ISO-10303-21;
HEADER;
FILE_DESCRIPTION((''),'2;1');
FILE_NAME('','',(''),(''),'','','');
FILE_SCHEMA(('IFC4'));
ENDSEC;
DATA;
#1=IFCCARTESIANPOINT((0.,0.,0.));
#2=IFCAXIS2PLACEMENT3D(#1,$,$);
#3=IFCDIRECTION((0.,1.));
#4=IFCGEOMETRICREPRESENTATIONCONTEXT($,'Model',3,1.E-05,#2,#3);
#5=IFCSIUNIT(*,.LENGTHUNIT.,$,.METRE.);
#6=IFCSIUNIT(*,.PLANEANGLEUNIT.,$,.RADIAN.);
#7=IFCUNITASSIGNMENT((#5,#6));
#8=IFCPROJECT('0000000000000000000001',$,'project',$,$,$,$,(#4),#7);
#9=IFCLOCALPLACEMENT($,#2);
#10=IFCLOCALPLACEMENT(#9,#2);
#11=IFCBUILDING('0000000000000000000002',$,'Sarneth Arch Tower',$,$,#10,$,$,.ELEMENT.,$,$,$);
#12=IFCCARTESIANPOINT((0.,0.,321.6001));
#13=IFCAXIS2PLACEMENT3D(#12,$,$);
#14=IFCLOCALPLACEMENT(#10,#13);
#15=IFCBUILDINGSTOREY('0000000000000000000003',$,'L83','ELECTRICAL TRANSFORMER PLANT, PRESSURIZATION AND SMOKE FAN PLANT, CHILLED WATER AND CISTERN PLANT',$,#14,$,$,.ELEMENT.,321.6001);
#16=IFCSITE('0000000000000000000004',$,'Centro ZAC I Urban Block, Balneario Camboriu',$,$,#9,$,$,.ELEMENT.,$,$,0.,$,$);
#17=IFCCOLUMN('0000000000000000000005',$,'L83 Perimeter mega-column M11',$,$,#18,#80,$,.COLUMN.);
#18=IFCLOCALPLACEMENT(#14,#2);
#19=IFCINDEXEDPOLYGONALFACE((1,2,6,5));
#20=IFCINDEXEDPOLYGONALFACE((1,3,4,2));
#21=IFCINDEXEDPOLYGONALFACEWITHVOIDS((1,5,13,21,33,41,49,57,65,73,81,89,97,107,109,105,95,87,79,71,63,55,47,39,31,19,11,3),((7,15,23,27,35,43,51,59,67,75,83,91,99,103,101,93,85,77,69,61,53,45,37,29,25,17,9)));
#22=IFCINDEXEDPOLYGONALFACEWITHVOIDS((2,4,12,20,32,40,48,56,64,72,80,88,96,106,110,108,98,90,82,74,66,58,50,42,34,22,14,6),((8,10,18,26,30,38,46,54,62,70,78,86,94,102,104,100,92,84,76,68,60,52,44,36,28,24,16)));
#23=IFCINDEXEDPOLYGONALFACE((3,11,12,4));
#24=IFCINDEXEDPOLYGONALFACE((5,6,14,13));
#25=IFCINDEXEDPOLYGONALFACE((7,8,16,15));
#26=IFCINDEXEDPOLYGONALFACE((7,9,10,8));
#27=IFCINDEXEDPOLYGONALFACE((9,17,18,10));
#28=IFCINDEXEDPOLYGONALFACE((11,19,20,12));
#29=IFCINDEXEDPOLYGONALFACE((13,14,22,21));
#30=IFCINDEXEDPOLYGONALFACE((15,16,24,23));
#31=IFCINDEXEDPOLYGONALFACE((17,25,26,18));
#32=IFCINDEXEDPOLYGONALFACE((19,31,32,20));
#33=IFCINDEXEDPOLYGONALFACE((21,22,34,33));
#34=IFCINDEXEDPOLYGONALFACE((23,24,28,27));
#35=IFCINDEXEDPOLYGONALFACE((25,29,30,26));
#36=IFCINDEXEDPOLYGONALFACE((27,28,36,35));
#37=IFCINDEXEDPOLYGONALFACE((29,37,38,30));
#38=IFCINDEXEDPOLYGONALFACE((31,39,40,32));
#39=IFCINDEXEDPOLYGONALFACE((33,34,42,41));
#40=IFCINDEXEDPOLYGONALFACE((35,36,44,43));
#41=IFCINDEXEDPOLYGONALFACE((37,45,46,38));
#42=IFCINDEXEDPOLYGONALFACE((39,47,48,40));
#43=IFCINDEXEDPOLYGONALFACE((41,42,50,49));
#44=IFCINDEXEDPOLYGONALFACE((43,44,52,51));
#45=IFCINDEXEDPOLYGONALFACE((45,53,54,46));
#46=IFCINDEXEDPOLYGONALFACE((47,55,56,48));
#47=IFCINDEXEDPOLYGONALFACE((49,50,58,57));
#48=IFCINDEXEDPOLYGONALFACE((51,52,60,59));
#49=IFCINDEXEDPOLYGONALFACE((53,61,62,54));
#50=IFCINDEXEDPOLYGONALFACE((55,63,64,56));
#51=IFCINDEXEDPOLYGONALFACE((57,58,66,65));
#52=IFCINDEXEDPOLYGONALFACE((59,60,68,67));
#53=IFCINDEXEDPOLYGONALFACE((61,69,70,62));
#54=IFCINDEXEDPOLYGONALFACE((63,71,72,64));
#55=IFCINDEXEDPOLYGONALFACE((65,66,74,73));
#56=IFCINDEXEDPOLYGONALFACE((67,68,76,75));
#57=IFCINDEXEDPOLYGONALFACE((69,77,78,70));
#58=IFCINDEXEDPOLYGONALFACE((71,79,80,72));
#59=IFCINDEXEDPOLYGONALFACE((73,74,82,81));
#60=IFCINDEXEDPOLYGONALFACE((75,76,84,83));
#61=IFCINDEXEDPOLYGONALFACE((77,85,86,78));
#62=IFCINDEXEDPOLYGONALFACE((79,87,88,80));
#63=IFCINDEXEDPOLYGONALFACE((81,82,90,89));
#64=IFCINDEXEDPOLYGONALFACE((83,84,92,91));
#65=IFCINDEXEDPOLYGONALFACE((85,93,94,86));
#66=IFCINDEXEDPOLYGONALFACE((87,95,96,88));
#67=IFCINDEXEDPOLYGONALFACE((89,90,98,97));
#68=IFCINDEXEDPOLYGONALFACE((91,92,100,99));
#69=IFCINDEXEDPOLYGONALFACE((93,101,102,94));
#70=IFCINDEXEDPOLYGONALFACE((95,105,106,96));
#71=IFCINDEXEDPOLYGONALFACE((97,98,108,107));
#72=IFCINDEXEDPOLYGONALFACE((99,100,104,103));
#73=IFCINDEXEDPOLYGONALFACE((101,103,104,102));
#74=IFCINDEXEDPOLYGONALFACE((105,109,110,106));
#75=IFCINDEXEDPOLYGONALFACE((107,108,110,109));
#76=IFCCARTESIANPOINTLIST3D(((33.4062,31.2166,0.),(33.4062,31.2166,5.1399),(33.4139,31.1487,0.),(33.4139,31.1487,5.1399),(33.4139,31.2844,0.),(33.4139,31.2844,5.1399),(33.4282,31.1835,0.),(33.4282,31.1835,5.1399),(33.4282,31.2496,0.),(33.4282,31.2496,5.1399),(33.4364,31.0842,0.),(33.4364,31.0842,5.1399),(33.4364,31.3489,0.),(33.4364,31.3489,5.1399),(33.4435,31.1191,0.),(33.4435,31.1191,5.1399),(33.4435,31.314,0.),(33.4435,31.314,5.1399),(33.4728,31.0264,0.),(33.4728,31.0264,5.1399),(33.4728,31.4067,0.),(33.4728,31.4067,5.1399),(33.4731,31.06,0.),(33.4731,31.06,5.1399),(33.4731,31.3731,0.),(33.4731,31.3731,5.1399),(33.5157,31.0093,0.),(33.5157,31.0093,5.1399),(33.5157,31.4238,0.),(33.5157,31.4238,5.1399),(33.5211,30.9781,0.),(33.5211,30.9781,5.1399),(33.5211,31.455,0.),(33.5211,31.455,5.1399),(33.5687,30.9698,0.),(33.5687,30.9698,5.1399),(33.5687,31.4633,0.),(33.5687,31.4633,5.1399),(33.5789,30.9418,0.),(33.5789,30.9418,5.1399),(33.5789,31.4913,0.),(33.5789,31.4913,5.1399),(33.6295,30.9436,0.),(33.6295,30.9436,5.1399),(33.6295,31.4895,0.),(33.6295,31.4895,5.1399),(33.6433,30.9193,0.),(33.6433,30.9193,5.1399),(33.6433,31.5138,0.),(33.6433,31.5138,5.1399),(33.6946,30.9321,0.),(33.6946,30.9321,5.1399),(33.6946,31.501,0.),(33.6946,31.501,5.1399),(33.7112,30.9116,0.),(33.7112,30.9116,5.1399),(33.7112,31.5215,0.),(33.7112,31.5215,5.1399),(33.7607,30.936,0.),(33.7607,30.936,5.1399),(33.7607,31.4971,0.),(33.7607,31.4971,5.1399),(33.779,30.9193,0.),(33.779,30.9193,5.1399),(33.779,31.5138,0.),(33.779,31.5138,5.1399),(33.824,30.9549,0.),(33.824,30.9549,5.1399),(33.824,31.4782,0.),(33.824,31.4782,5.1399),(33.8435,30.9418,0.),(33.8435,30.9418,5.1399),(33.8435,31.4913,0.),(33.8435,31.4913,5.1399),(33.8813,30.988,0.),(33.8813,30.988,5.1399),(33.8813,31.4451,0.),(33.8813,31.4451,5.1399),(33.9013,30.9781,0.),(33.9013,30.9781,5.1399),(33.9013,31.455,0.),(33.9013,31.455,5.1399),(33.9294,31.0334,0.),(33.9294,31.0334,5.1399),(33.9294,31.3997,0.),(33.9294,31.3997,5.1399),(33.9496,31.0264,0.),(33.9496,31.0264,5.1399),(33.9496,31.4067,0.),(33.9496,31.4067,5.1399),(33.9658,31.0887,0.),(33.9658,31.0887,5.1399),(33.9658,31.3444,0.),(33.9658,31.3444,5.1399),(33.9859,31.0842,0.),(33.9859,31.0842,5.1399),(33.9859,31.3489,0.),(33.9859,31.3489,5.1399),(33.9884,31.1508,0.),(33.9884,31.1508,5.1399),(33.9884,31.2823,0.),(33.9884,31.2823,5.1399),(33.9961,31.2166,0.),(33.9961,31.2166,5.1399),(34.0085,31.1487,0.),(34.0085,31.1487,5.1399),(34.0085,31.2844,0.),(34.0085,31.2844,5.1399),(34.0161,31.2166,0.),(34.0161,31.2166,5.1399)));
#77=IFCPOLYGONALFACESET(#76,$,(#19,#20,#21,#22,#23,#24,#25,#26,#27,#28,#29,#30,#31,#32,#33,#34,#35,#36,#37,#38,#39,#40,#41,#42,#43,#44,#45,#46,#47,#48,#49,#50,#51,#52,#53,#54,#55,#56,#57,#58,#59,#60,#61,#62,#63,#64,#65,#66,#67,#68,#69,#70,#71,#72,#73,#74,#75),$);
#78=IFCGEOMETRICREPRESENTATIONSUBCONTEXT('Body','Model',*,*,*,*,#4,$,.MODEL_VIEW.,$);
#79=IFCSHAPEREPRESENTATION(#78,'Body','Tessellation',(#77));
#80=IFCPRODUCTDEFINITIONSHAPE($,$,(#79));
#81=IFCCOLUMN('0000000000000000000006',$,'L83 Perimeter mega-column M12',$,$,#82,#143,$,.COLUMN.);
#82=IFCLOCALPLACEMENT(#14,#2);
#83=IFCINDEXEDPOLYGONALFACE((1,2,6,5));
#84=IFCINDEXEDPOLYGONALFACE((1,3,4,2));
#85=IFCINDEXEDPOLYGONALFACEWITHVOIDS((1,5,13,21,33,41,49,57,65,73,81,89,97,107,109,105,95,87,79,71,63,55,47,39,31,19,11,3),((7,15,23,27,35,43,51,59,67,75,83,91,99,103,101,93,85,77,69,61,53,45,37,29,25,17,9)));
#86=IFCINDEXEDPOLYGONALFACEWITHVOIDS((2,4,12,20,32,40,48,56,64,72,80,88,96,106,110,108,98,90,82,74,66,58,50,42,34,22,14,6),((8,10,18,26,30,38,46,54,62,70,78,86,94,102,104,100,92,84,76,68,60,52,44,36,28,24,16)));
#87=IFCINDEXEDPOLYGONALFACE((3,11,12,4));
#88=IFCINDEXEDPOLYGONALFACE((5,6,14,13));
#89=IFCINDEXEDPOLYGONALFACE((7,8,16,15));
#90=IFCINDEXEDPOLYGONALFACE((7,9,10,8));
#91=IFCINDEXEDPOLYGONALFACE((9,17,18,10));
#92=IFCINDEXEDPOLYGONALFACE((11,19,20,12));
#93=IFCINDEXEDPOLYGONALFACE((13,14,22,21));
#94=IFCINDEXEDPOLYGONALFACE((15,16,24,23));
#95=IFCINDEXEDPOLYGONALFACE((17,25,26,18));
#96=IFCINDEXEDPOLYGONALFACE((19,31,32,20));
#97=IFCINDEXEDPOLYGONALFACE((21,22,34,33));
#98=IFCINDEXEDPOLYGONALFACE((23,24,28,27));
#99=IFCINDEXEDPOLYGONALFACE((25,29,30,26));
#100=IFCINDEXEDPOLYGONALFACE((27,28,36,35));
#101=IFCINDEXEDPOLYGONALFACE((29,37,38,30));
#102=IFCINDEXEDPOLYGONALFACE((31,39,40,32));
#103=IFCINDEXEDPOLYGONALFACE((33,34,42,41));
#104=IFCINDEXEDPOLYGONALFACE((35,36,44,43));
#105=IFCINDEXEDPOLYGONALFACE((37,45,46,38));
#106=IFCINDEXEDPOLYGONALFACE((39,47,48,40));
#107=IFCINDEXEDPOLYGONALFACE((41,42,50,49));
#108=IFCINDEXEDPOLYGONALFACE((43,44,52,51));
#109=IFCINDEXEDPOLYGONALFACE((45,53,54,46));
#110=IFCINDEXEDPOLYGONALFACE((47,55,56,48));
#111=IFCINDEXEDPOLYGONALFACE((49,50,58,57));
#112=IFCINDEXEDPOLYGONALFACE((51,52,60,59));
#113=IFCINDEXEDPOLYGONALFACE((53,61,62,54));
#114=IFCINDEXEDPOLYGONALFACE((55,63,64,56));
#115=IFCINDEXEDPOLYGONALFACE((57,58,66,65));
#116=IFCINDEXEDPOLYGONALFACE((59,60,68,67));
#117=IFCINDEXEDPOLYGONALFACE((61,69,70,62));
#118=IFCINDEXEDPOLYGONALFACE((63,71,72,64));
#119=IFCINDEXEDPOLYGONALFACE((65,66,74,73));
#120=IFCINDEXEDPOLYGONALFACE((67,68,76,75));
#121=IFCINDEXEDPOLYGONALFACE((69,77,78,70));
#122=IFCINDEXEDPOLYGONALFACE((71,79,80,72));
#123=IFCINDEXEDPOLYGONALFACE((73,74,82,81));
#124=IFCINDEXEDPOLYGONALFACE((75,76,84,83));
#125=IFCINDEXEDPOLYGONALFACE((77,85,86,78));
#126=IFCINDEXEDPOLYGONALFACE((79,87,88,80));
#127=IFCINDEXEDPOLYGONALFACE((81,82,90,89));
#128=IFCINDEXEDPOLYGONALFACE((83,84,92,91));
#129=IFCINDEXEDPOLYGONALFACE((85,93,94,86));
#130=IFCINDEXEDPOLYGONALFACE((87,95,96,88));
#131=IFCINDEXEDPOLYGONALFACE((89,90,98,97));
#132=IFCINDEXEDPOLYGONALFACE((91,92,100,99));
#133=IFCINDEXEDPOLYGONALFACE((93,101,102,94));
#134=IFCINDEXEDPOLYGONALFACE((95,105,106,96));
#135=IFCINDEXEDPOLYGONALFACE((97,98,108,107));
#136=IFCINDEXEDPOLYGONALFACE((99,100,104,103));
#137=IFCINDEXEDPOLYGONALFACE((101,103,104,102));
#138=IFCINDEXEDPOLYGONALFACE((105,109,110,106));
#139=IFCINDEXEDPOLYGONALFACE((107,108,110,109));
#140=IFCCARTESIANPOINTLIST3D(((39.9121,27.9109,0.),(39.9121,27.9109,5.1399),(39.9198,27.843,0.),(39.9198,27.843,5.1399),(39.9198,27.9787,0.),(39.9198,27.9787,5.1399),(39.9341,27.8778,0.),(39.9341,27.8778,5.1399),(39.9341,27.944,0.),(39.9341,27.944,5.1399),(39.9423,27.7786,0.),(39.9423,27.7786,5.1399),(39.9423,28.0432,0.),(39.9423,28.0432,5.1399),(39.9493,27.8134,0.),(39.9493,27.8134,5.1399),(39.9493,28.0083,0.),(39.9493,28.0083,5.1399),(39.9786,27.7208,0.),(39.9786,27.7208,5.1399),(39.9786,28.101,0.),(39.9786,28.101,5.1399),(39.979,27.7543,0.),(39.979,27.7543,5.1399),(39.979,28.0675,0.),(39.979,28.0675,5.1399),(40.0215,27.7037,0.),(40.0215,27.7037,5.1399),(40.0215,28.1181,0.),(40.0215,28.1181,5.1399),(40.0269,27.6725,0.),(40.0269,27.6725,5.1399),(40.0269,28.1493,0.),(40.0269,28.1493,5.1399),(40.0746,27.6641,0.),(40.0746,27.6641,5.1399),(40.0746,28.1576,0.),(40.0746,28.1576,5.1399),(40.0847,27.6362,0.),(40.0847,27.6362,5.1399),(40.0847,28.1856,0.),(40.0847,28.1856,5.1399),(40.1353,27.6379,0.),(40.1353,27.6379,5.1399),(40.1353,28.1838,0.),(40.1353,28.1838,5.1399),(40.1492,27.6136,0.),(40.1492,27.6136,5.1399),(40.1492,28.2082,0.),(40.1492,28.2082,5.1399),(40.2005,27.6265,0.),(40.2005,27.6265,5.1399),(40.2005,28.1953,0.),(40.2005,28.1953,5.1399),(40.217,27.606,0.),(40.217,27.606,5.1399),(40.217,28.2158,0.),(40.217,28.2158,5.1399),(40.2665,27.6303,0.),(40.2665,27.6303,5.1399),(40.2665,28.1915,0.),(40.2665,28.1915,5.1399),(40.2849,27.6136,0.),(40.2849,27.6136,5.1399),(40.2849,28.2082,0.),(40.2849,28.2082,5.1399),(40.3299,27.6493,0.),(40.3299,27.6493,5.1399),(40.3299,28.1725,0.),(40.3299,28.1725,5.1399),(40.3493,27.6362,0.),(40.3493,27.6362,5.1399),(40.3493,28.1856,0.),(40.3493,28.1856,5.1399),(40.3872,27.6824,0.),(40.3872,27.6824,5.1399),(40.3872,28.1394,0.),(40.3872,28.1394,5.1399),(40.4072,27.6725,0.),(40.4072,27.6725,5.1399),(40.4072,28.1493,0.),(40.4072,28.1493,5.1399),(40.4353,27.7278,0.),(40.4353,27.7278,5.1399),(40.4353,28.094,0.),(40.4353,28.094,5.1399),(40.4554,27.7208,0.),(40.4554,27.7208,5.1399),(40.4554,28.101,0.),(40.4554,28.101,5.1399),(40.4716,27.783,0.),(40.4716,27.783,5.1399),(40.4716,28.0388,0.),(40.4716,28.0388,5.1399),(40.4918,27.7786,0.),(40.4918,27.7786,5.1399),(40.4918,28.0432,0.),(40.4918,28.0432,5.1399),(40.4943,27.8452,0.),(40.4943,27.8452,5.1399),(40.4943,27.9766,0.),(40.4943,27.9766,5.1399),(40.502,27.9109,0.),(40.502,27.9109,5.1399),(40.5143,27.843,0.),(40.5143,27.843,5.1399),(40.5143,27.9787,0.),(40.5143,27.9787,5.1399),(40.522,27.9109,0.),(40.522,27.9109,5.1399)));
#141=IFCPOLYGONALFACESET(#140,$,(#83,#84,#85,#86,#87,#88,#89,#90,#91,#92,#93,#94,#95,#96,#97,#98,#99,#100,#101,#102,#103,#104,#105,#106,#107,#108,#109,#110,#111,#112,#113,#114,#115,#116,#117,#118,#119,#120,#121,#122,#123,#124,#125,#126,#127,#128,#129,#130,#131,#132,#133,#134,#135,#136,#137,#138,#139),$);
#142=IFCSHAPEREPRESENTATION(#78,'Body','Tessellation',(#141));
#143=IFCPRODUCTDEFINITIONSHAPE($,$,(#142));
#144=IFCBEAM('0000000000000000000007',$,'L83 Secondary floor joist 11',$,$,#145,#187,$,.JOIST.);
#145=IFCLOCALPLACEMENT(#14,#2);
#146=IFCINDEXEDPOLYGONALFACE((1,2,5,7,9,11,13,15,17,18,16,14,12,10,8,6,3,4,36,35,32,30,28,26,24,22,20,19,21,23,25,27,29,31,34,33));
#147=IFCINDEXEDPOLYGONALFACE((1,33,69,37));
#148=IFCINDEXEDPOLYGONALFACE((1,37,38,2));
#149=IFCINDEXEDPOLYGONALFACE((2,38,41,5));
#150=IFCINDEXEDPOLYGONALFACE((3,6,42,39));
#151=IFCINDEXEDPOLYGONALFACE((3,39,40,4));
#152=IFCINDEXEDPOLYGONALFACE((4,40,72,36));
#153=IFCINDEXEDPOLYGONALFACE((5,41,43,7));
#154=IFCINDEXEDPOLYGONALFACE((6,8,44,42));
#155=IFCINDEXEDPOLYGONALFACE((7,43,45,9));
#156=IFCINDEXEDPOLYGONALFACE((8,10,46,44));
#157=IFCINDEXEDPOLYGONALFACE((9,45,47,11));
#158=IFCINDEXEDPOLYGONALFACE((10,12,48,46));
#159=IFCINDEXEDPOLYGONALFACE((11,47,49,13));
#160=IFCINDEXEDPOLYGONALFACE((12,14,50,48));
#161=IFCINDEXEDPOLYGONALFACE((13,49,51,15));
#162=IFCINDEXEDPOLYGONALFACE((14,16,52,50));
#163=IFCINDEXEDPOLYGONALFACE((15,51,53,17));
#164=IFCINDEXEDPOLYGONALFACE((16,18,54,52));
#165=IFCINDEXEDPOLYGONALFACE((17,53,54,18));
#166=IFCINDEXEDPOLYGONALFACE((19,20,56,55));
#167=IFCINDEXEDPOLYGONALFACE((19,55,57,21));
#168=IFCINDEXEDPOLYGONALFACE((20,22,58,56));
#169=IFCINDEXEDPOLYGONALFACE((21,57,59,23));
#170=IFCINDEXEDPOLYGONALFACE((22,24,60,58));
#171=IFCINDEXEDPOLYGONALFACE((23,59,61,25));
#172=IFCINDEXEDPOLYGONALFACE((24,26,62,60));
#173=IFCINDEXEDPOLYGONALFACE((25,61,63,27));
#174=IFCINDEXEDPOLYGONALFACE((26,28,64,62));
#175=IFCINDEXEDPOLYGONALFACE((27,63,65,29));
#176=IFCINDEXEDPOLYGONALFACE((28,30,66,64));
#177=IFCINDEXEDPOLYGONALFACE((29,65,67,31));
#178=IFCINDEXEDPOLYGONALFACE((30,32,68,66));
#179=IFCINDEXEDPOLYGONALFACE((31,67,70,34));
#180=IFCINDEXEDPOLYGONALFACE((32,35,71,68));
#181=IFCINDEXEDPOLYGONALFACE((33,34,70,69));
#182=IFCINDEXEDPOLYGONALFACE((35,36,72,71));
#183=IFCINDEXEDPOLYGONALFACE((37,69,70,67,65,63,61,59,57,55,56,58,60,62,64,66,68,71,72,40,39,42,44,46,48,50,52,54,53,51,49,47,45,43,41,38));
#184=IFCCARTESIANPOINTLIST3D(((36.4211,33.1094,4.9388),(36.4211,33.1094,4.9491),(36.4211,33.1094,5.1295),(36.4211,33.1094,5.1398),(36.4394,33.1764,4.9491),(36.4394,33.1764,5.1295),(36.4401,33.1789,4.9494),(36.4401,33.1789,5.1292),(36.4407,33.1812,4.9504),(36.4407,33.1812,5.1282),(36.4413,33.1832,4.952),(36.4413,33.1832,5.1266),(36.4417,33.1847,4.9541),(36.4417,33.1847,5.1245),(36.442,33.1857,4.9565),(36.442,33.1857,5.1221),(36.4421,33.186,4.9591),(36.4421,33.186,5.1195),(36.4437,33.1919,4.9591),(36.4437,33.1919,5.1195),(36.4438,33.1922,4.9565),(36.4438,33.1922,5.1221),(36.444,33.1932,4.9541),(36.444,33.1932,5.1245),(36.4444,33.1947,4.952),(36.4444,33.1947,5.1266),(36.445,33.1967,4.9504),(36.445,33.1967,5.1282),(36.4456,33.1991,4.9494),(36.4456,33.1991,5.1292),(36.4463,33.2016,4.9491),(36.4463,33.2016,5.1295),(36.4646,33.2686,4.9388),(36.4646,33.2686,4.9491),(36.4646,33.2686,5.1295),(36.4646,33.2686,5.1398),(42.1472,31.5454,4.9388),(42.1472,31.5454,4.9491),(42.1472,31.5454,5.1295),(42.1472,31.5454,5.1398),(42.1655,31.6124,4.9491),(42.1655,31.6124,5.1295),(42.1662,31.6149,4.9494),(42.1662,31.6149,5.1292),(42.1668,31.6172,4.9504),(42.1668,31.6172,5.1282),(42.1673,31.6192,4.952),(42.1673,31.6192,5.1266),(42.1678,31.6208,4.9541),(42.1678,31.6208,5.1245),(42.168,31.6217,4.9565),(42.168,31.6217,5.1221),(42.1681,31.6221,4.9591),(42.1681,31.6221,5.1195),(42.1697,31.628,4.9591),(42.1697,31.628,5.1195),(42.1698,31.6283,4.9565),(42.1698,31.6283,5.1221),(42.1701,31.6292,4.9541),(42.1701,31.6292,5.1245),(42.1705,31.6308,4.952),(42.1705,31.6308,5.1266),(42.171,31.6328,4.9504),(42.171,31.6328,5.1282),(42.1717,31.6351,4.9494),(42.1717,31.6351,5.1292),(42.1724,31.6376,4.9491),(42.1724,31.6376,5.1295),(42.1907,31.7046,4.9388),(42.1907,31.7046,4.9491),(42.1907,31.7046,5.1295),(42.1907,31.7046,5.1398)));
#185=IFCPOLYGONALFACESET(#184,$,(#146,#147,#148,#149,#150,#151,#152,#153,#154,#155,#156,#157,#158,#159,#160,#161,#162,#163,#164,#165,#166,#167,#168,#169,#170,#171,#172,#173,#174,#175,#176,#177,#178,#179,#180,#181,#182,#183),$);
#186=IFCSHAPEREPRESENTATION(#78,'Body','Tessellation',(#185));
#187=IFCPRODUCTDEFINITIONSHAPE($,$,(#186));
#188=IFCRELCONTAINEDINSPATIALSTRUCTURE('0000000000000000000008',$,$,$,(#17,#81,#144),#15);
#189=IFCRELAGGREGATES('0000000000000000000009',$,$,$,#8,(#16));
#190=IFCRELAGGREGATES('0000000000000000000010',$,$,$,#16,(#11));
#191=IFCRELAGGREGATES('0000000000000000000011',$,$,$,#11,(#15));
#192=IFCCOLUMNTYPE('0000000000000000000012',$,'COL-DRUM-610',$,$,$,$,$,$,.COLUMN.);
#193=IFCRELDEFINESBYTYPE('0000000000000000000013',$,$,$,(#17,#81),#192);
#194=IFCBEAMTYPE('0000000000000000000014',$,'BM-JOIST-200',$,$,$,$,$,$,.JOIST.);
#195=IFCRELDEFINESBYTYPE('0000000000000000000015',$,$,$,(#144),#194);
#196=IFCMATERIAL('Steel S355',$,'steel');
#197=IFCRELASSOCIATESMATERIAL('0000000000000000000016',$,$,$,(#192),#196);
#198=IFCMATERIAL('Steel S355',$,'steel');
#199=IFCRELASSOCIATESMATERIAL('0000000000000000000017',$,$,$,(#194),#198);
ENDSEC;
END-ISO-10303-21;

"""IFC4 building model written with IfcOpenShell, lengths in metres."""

from ifc_helpers import new_model, si_unit, direction, frame, origin, origin_2d, place, context, subcontext, project, spatial, hollow_circle, i_section, extrude, material, material_profile, profile_set, type_object, element, save


model = new_model("IFC4")

# Units and contexts
model_context = context("Model", 3, precision=1e-05, world=origin(), true_north=direction((0.0, 1.0)))
body_context = subcontext(model_context, "Body", "Model", "MODEL_VIEW")
ifc_project = project(units=[si_unit("LENGTHUNIT", "METRE"), si_unit("PLANEANGLEUNIT", "RADIAN")], contexts=[model_context])

# Site, building, storey
site_placement = place(None, origin())
site = spatial("IfcSite", under=ifc_project, at=site_placement, Name="Centro ZAC I Urban Block, Balneario Camboriu", CompositionType="ELEMENT", RefElevation=0.0)
building_placement = place(site_placement, origin())
building = spatial("IfcBuilding", under=site, at=building_placement, Name="Sarneth Arch Tower", CompositionType="ELEMENT")
storey_placement = place(building_placement, frame((0.0, 0.0, 321.6001)))
storey = spatial("IfcBuildingStorey", under=building, at=storey_placement, Name="L83", Description="ELECTRICAL TRANSFORMER PLANT, PRESSURIZATION AND SMOKE FAN PLANT, CHILLED WATER AND CISTERN PLANT", CompositionType="ELEMENT", Elevation=321.6001)

# Columns
ifc_material_1 = material(Name="Steel S355", Category="steel")
ifc_material_profile_1 = material_profile(ifc_material_1, hollow_circle(Radius=0.3049, WallThickness=0.02, at=origin_2d()), Name="CHS610x20")
ifc_profile_set_1 = profile_set([ifc_material_profile_1], Name="Steel S355")
column_type = type_object("IfcColumnType", Name="COL-DRUM-610", PredefinedType="COLUMN", material=ifc_profile_set_1)
for number, where, z_axis, x_axis, name in (
    (1, (33.7112, 31.2166, 0.0), (0.0, 0.0, 1.0), (1.0, 0.0, 0.0), "L83 Perimeter mega-column M11"),
    (2, (40.217, 27.9109, 0.0), (0.0, 0.0, 1.0), (1.0, 0.0, 0.0), "L83 Perimeter mega-column M12"),
):
    element("IfcColumn", number, at=place(storey_placement, frame(where, z_axis=z_axis, x_axis=x_axis)), inside=storey, type_object=column_type, Name=name, PredefinedType="COLUMN", context=body_context, shape_type="SweptSolid", body=[
        extrude(hollow_circle(Radius=0.3049, WallThickness=0.02, at=origin_2d()), origin(), (0.0, 0.0, 1.0), 5.1399),
    ])

# Beam
ifc_material_2 = material(Name="Steel S355", Category="steel")
ifc_material_profile_2 = material_profile(ifc_material_2, i_section(OverallWidth=0.165, OverallDepth=0.2009, WebThickness=0.0061, FlangeThickness=0.0103, FilletRadius=0.01, at=origin_2d()), Name="W200x35.9")
ifc_profile_set_2 = profile_set([ifc_material_profile_2], Name="Steel S355")
beam_type_1 = type_object("IfcBeamType", Name="BM-JOIST-200", PredefinedType="JOIST", material=ifc_profile_set_2)
beam_1_placement = place(storey_placement, frame((36.4429, 33.189, 5.0393), z_axis=(0.964665, -0.263479, 0.0), x_axis=(0.263479, 0.964665, 0.0)))
element("IfcBeam", 3, at=beam_1_placement, inside=storey, type_object=beam_type_1, Name="L83 Secondary floor joist 11", PredefinedType="JOIST", context=body_context, shape_type="SweptSolid", body=[
    extrude(i_section(OverallWidth=0.165, OverallDepth=0.2009, WebThickness=0.0061, FlangeThickness=0.0103, FilletRadius=0.01, at=origin_2d()), origin(), (0.0, 0.0, 1.0), 5.9358),
])

save(model, "model.ifc")
